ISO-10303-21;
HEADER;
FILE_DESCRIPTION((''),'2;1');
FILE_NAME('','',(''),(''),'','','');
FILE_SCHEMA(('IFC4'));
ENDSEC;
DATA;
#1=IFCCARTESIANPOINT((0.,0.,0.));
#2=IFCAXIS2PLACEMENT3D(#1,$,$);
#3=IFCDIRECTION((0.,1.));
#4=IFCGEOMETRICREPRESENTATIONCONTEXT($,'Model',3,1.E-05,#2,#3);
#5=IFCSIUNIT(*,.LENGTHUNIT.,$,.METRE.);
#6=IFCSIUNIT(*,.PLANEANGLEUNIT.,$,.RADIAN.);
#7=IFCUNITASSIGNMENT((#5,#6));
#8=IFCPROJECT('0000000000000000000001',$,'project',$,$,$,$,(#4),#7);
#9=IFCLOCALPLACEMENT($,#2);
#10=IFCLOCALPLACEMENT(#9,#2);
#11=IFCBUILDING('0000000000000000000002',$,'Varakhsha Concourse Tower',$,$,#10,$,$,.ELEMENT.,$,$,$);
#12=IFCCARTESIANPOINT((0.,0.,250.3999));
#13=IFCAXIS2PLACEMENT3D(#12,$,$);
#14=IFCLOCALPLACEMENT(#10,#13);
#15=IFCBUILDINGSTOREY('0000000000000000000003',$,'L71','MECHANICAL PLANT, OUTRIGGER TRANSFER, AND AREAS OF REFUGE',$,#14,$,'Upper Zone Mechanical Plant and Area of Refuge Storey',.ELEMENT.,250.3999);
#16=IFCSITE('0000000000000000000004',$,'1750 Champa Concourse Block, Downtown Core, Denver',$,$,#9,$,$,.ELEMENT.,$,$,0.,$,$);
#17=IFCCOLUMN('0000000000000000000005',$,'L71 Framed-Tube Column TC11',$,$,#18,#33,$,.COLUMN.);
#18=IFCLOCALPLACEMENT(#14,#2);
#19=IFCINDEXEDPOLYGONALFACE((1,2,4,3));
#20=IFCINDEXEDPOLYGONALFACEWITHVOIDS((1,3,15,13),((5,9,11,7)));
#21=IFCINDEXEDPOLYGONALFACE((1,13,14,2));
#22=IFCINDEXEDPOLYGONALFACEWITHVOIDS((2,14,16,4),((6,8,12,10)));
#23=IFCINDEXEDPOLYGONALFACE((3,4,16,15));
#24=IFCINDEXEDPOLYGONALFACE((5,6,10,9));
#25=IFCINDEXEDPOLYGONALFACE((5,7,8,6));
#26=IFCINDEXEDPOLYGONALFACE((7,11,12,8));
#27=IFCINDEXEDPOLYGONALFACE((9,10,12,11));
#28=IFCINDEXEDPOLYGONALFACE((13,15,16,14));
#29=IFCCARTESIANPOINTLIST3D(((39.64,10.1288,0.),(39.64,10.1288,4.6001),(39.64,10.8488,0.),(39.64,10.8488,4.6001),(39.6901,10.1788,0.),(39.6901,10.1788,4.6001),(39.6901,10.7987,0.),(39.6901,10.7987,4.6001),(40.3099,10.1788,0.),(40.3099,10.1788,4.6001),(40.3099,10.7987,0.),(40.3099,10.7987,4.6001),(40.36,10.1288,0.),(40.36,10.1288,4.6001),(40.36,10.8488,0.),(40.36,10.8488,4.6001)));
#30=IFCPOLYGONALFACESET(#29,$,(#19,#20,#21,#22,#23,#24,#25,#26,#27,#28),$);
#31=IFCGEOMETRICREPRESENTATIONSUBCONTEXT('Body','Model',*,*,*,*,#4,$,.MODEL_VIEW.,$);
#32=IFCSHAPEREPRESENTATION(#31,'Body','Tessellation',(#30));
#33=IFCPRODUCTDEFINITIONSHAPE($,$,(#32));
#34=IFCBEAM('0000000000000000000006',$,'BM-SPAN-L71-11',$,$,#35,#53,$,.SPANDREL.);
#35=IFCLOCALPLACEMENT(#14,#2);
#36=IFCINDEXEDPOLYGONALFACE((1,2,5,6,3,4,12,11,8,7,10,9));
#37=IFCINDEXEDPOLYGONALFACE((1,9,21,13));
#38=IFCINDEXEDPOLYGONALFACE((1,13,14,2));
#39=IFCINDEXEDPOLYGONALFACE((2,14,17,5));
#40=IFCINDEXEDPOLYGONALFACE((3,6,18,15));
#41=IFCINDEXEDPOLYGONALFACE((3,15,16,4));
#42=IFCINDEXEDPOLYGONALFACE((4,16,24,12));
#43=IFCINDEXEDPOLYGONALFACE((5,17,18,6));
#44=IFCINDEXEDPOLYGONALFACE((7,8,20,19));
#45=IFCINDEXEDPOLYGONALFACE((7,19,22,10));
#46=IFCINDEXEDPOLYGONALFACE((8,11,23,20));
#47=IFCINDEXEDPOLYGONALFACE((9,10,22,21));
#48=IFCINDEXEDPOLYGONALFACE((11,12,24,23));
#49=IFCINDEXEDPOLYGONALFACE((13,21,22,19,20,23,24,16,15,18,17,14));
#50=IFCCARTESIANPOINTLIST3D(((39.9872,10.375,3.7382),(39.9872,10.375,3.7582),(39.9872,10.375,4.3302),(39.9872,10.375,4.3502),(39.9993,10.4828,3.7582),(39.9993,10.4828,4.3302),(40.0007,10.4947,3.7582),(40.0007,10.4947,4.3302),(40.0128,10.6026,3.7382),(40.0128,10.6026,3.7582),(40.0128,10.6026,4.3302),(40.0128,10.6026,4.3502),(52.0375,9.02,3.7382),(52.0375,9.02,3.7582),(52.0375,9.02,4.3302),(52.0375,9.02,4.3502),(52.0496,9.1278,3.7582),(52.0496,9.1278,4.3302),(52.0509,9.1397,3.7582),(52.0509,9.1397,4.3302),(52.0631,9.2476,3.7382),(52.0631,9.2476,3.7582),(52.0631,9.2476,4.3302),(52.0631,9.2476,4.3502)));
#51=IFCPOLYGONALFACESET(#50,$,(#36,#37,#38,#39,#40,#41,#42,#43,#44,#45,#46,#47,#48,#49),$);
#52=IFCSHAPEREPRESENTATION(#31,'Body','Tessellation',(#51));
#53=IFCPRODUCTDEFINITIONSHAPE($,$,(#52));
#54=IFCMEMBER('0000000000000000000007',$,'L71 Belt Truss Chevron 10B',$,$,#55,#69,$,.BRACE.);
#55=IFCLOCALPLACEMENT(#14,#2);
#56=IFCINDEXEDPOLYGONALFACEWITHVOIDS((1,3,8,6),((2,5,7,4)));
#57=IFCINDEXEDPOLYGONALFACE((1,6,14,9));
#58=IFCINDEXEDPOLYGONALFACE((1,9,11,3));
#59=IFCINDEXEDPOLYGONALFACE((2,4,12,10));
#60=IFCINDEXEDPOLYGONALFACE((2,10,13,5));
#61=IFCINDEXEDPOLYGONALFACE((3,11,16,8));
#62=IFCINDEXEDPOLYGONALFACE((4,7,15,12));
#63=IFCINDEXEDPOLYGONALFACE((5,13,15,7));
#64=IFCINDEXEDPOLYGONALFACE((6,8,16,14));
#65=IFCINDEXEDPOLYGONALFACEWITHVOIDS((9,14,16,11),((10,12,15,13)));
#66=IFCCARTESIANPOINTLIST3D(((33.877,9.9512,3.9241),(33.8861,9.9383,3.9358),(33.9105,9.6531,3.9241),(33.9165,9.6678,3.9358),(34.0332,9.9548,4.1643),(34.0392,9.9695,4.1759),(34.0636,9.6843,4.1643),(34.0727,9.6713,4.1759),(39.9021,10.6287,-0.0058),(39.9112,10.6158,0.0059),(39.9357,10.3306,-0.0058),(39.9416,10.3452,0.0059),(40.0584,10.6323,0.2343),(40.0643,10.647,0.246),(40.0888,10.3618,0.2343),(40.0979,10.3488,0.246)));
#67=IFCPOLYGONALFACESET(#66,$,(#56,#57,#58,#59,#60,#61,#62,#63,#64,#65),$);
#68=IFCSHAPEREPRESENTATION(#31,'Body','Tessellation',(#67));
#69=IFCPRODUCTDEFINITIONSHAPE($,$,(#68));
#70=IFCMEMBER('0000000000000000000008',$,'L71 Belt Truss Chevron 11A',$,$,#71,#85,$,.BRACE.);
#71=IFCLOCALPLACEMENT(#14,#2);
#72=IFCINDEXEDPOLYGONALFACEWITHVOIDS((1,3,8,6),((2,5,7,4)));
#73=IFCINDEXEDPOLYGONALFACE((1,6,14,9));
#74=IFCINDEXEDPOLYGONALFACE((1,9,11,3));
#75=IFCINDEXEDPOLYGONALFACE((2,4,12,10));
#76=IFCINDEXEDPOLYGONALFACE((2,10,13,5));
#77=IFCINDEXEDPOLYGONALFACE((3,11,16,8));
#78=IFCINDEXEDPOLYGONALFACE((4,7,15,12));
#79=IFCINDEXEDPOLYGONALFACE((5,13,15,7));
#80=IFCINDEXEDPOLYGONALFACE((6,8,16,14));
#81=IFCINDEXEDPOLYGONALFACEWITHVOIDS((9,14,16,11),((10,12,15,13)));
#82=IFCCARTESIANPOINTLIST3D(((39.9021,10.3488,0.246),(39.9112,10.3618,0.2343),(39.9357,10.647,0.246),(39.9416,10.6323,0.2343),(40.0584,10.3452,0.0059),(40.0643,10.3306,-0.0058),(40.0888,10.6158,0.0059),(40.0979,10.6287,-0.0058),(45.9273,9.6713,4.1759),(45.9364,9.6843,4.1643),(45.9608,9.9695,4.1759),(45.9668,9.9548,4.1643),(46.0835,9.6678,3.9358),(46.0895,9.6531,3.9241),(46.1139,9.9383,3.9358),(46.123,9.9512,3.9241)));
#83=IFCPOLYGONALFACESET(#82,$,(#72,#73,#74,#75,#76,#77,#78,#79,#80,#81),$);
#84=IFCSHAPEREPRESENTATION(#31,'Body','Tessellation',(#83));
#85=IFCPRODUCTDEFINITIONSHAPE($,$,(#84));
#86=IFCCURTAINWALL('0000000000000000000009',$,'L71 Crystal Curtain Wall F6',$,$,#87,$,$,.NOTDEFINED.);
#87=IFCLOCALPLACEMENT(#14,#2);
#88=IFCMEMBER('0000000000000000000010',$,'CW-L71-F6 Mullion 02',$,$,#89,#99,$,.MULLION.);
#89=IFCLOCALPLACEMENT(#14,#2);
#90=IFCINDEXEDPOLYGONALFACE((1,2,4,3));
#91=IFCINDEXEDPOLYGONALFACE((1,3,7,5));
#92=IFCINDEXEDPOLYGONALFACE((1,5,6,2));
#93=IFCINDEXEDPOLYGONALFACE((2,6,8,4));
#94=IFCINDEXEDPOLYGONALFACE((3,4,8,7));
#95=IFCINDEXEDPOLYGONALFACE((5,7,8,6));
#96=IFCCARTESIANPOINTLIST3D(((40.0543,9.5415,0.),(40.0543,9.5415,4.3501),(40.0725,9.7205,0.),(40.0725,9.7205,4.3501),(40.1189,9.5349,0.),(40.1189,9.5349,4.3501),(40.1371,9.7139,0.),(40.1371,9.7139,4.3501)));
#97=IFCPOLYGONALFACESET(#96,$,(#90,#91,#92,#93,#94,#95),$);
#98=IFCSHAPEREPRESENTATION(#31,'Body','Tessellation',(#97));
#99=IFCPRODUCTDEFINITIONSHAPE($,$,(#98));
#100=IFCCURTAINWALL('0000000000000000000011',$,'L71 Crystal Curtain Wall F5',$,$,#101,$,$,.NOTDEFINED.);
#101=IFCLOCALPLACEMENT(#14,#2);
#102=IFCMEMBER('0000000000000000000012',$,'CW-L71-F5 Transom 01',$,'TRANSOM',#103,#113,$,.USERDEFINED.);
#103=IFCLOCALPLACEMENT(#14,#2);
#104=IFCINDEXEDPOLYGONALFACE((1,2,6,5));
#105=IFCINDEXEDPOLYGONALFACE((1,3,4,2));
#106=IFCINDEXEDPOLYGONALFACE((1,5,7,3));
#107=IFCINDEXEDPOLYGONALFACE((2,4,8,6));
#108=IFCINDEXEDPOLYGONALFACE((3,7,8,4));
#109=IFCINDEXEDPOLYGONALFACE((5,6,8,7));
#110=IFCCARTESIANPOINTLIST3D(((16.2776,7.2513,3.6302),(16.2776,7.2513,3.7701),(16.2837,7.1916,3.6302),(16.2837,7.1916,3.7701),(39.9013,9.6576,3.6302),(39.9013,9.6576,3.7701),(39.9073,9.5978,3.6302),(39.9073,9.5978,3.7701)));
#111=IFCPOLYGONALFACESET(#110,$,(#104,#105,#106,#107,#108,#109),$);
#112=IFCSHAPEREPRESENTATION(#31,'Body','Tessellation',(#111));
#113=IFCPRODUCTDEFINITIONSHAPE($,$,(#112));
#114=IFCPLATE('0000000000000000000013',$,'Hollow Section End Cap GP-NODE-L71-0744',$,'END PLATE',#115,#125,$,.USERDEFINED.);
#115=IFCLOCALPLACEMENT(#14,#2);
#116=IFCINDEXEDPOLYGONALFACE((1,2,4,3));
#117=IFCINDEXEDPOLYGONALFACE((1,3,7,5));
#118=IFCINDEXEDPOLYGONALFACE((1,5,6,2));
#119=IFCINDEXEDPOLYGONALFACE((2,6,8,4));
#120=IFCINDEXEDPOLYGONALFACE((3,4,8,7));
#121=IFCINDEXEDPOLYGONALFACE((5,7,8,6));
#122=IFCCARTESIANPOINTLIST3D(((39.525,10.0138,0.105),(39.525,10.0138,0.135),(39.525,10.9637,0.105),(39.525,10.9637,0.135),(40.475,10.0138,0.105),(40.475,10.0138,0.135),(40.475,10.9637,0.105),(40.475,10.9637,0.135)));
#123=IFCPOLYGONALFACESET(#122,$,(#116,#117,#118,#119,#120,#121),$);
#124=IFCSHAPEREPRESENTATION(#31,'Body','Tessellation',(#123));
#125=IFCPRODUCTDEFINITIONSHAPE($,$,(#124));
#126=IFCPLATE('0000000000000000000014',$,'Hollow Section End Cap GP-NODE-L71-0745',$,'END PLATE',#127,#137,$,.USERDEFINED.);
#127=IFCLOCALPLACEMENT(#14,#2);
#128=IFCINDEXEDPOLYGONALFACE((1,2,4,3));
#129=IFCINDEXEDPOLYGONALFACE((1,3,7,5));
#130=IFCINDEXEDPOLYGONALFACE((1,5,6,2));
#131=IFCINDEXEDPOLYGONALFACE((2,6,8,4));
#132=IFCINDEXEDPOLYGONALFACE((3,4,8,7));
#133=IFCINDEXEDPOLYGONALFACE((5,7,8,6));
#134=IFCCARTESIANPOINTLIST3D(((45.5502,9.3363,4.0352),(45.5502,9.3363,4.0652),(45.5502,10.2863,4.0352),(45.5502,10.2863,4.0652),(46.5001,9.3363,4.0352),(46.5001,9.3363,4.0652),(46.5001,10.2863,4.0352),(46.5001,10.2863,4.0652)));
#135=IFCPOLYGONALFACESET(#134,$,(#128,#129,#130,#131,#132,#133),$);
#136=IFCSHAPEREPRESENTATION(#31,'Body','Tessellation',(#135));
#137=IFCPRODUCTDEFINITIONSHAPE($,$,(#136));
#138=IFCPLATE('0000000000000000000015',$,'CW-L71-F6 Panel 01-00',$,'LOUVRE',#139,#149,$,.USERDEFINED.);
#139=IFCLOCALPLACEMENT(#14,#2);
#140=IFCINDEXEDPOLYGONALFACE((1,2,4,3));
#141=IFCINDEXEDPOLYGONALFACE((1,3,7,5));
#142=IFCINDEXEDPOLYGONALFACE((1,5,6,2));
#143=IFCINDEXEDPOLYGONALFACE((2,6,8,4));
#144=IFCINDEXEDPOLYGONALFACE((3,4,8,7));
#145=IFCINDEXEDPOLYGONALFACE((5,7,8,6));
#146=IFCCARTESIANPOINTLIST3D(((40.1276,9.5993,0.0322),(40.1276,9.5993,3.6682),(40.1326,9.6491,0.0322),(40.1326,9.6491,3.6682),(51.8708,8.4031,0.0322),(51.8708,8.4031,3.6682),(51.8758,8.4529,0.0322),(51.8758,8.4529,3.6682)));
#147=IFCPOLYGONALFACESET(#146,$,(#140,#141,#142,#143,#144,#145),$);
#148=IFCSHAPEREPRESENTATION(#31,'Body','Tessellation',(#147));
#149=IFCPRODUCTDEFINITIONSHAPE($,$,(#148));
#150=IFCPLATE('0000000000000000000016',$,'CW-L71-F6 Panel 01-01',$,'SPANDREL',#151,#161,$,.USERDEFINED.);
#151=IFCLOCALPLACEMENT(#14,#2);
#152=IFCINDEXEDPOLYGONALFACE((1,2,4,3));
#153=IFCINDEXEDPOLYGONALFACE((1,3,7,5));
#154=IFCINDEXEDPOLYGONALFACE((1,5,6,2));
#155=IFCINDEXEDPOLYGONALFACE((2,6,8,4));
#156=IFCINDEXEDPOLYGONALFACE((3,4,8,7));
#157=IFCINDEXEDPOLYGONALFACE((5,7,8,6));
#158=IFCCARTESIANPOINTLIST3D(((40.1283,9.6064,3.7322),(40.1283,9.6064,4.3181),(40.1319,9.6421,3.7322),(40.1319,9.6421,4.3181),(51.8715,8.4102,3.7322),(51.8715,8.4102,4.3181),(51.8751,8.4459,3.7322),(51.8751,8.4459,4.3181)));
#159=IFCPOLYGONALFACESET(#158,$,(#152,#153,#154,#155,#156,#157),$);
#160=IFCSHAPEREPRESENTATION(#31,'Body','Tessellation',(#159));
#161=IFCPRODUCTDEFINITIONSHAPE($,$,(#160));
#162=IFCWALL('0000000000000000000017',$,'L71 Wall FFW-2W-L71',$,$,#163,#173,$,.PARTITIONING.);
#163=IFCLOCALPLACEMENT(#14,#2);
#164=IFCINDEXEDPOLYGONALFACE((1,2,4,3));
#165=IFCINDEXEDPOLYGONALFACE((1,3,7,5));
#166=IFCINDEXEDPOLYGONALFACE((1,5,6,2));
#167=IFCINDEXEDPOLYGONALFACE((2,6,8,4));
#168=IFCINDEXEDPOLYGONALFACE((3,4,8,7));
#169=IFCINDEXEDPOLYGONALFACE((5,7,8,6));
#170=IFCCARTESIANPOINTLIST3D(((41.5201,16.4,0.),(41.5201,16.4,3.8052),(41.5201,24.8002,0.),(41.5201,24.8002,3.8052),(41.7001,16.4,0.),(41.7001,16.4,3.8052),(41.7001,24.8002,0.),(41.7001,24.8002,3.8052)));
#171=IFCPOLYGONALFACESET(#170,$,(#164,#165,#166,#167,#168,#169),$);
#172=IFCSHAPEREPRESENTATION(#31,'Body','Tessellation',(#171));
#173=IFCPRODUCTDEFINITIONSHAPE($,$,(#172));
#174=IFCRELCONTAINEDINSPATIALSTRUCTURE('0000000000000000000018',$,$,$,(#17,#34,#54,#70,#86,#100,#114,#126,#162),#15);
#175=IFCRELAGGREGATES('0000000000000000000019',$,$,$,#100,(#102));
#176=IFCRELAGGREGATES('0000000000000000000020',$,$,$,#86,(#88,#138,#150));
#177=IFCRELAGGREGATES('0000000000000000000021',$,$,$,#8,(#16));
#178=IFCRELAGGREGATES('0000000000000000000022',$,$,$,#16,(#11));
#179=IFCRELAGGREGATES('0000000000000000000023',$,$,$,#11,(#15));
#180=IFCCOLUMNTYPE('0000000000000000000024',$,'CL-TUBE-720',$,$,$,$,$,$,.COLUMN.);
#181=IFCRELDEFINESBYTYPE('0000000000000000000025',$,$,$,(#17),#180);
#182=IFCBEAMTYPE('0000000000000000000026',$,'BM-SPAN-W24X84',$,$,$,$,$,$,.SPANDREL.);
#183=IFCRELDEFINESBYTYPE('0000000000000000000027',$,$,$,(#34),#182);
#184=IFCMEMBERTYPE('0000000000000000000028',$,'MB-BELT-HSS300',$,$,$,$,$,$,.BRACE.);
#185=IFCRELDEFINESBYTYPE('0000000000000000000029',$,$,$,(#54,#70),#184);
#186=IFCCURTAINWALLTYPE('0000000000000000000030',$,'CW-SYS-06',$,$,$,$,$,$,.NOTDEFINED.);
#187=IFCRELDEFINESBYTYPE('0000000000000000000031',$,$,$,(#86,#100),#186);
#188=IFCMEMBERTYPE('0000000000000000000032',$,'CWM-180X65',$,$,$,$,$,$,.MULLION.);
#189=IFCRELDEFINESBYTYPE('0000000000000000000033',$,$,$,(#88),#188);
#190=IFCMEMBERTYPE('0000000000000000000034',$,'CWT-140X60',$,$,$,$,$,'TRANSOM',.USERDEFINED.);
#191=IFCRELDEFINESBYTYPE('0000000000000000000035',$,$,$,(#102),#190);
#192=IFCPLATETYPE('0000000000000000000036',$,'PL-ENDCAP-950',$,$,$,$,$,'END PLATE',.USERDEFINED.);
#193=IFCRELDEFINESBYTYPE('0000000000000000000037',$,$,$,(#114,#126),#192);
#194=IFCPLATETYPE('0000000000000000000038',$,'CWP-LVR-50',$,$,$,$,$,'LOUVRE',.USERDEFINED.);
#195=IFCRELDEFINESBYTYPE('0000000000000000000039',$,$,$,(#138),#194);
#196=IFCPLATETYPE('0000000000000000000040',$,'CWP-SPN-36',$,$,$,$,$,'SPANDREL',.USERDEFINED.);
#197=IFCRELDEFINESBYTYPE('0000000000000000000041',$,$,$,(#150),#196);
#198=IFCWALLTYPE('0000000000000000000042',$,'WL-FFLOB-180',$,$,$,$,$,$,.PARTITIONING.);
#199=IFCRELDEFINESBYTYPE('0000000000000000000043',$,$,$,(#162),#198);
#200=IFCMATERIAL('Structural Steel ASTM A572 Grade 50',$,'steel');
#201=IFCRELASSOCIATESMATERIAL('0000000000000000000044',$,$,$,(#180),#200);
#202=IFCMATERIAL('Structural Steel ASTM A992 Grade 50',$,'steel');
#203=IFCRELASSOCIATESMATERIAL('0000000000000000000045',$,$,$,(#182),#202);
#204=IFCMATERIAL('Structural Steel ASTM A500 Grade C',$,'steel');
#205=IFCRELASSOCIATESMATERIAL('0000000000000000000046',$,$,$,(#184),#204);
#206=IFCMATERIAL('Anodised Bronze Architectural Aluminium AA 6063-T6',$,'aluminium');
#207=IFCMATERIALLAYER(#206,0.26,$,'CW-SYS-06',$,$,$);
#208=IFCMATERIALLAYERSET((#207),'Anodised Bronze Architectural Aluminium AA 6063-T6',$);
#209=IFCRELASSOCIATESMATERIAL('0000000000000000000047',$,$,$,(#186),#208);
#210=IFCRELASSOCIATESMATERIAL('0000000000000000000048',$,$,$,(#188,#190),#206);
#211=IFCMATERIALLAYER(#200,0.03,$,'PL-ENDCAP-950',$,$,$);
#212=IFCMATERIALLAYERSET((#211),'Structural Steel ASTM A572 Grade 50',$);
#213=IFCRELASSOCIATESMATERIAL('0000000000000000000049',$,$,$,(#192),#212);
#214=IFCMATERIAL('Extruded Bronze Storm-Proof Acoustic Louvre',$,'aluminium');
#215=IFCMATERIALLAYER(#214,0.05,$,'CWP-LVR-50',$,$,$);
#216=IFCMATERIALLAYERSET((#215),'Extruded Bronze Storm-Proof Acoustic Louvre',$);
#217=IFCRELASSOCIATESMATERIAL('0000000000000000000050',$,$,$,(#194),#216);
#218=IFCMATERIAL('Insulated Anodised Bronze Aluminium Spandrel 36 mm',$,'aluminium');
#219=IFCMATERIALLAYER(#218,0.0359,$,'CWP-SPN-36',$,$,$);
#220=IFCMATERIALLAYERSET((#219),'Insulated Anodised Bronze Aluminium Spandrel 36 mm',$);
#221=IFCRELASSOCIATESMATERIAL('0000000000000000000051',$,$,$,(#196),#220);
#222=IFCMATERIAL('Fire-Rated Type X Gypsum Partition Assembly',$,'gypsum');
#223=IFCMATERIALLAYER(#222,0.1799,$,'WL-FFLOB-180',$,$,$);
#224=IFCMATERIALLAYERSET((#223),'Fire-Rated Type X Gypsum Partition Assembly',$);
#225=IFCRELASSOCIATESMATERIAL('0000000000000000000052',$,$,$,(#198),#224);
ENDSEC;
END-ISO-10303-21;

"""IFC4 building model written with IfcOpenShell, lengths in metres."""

from ifc_helpers import new_model, si_unit, direction, frame, frame_2d, origin, origin_2d, place, context, subcontext, project, spatial, rectangle, hollow_rectangle, i_section, extrude, source, transform, mapped, material, layer, layer_set, material_profile, profile_set, type_object, type_shapes, element, aggregate, save


model = new_model("IFC4")

# Units and contexts
model_context = context("Model", 3, precision=1e-05, world=origin(), true_north=direction((0.0, 1.0)))
body_context = subcontext(model_context, "Body", "Model", "MODEL_VIEW")
ifc_project = project(units=[si_unit("LENGTHUNIT", "METRE"), si_unit("PLANEANGLEUNIT", "RADIAN")], contexts=[model_context])

# Site, building, storey
site_placement = place(None, origin())
site = spatial("IfcSite", under=ifc_project, at=site_placement, Name="1750 Champa Concourse Block, Downtown Core, Denver", CompositionType="ELEMENT", RefElevation=0.0)
building_placement = place(site_placement, origin())
building = spatial("IfcBuilding", under=site, at=building_placement, Name="Varakhsha Concourse Tower", CompositionType="ELEMENT")
storey_placement = place(building_placement, frame((0.0, 0.0, 250.3999)))
storey = spatial("IfcBuildingStorey", under=building, at=storey_placement, Name="L71", Description="MECHANICAL PLANT, OUTRIGGER TRANSFER, AND AREAS OF REFUGE", LongName="Upper Zone Mechanical Plant and Area of Refuge Storey", CompositionType="ELEMENT", Elevation=250.3999)

# Column
ifc_material_1 = material(Name="Structural Steel ASTM A572 Grade 50", Category="steel")
ifc_material_profile_1 = material_profile(ifc_material_1, hollow_rectangle(XDim=0.72, YDim=0.72, WallThickness=0.05, at=origin_2d()), Name="BOX 720x720x50")
ifc_profile_set_1 = profile_set([ifc_material_profile_1], Name="Structural Steel ASTM A572 Grade 50")
column_type = type_object("IfcColumnType", Name="CL-TUBE-720", PredefinedType="COLUMN", material=ifc_profile_set_1)
column_placement = place(storey_placement, frame((40.0, 10.4888, 0.0), z_axis=(0.0, 0.0, 1.0), x_axis=(1.0, 0.0, 0.0)))
element("IfcColumn", 1, at=column_placement, inside=storey, type_object=column_type, Name="L71 Framed-Tube Column TC11", PredefinedType="COLUMN", context=body_context, shape_type="SweptSolid", body=[
    extrude(hollow_rectangle(XDim=0.72, YDim=0.72, WallThickness=0.05, at=origin_2d()), origin(), (0.0, 0.0, 1.0), 4.6001),
])

# Beam
ifc_material_2 = material(Name="Structural Steel ASTM A992 Grade 50", Category="steel")
ifc_material_profile_2 = material_profile(ifc_material_2, i_section(OverallWidth=0.229, OverallDepth=0.6121, WebThickness=0.012, FlangeThickness=0.02, at=origin_2d()), Name="W24X84")
ifc_profile_set_2 = profile_set([ifc_material_profile_2], Name="Structural Steel ASTM A992 Grade 50")
beam_type = type_object("IfcBeamType", Name="BM-SPAN-W24X84", PredefinedType="SPANDREL", material=ifc_profile_set_2)
beam_placement = place(storey_placement, frame((40.0, 10.4888, 4.0442), z_axis=(0.993738, -0.11174, 0.0), x_axis=(0.11174, 0.993738, 0.0)))
element("IfcBeam", 2, at=beam_placement, inside=storey, type_object=beam_type, Name="BM-SPAN-L71-11", PredefinedType="SPANDREL", context=body_context, shape_type="SweptSolid", body=[
    extrude(i_section(OverallWidth=0.229, OverallDepth=0.6121, WebThickness=0.012, FlangeThickness=0.02, at=origin_2d()), origin(), (0.0, 0.0, 1.0), 12.1262),
])

# Members
ifc_material_3 = material(Name="Structural Steel ASTM A500 Grade C", Category="steel")
ifc_material_profile_3 = material_profile(ifc_material_3, hollow_rectangle(XDim=0.3, YDim=0.3, WallThickness=0.0139, at=origin_2d()), Name="HSS 300x300x14")
ifc_profile_set_3 = profile_set([ifc_material_profile_3], Name="Structural Steel ASTM A500 Grade C")
member_type_1 = type_object("IfcMemberType", Name="MB-BELT-HSS300", PredefinedType="BRACE", material=ifc_profile_set_3)
shared_shape_1 = source(origin(), body_context, "Body", "SweptSolid", [
    extrude(hollow_rectangle(XDim=0.3, YDim=0.3, WallThickness=0.0139, at=origin_2d()), origin(), (0.0, 0.0, 1.0), 7.2253),
])
type_shapes(member_type_1, [shared_shape_1])
for number, where, z_axis, x_axis, name in (
    (3, (40.0, 10.4888, 0.1201), (-0.833889, -0.093766, 0.543908), (0.11174, -0.993738, 0.0), "L71 Belt Truss Chevron 10B"),
    (4, (40.0, 10.4888, 0.1201), (0.833889, -0.093766, 0.543908), (0.11174, 0.993738, 0.0), "L71 Belt Truss Chevron 11A"),
):
    element("IfcMember", number, at=place(storey_placement, frame(where, z_axis=z_axis, x_axis=x_axis)), inside=storey, type_object=member_type_1, Name=name, PredefinedType="BRACE", context=body_context, shape_type="MappedRepresentation", body=[
        mapped(shared_shape_1, transform((0.0, 0.0, 0.0), scale=1.0)),
    ])

# Curtain walls, members
ifc_material_4 = material(Name="Anodised Bronze Architectural Aluminium AA 6063-T6", Category="aluminium")
ifc_layer_1 = layer(ifc_material_4, 0.26, Name="CW-SYS-06")
ifc_layer_set_1 = layer_set([ifc_layer_1], Name="Anodised Bronze Architectural Aluminium AA 6063-T6")
curtain_wall_type = type_object("IfcCurtainWallType", Name="CW-SYS-06", PredefinedType="NOTDEFINED", material=ifc_layer_set_1)
curtain_wall_1_placement = place(storey_placement, origin())
curtain_wall_1 = element("IfcCurtainWall", 5, at=curtain_wall_1_placement, inside=storey, type_object=curtain_wall_type, Name="L71 Crystal Curtain Wall F6", PredefinedType="NOTDEFINED")
ifc_material_profile_4 = material_profile(ifc_material_4, rectangle(XDim=0.0649, YDim=0.1799, at=origin_2d()), Name="CWM-180X65")
ifc_profile_set_4 = profile_set([ifc_material_profile_4], Name="Anodised Bronze Architectural Aluminium AA 6063-T6")
member_type_2 = type_object("IfcMemberType", Name="CWM-180X65", PredefinedType="MULLION", material=ifc_profile_set_4)
shared_shape_2 = source(origin(), body_context, "Body", "SweptSolid", [
    extrude(rectangle(XDim=0.0649, YDim=0.1799, at=origin_2d()), origin(), (0.0, 0.0, 1.0), 4.3501),
])
type_shapes(member_type_2, [shared_shape_2])
member_1_placement = place(storey_placement, frame((40.0957, 9.6277, 0.0), z_axis=(0.0, 0.0, 1.0), x_axis=(-0.994852, 0.101336, 0.0)))
member_1 = element("IfcMember", 6, at=member_1_placement, type_object=member_type_2, Name="CW-L71-F6 Mullion 02", PredefinedType="MULLION", context=body_context, shape_type="MappedRepresentation", body=[
    mapped(shared_shape_2, transform((0.0, 0.0, 0.0), scale=1.0)),
])
curtain_wall_2_placement = place(storey_placement, origin())
curtain_wall_2 = element("IfcCurtainWall", 7, at=curtain_wall_2_placement, inside=storey, type_object=curtain_wall_type, Name="L71 Crystal Curtain Wall F5", PredefinedType="NOTDEFINED")
ifc_material_profile_5 = material_profile(ifc_material_4, rectangle(XDim=0.0601, YDim=0.1399, at=origin_2d()), Name="CWT-140X60")
ifc_profile_set_5 = profile_set([ifc_material_profile_5], Name="Anodised Bronze Architectural Aluminium AA 6063-T6")
member_type_3 = type_object("IfcMemberType", Name="CWT-140X60", ElementType="TRANSOM", PredefinedType="USERDEFINED", material=ifc_profile_set_5)
shared_shape_3 = source(origin(), body_context, "Body", "SweptSolid", [
    extrude(rectangle(XDim=0.0601, YDim=0.1399, at=origin_2d()), origin(), (0.0, 0.0, 1.0), 23.7458),
])
type_shapes(member_type_3, [shared_shape_3])
member_2_placement = place(storey_placement, frame((39.9043, 9.6277, 3.7002), z_axis=(-0.994852, -0.101334, 0.0), x_axis=(0.101334, -0.994852, 0.0)))
member_2 = element("IfcMember", 8, at=member_2_placement, type_object=member_type_3, Name="CW-L71-F5 Transom 01", ObjectType="TRANSOM", PredefinedType="USERDEFINED", context=body_context, shape_type="MappedRepresentation", body=[
    mapped(shared_shape_3, transform((0.0, 0.0, 0.0), scale=1.0)),
])
aggregate(curtain_wall_2, [member_2])

# Plates
ifc_layer_2 = layer(ifc_material_1, 0.03, Name="PL-ENDCAP-950")
ifc_layer_set_2 = layer_set([ifc_layer_2], Name="Structural Steel ASTM A572 Grade 50")
plate_type_1 = type_object("IfcPlateType", Name="PL-ENDCAP-950", ElementType="END PLATE", PredefinedType="USERDEFINED", material=ifc_layer_set_2)
shared_shape_4 = source(origin(), body_context, "Body", "SweptSolid", [
    extrude(rectangle(XDim=0.95, YDim=0.95, at=origin_2d()), origin(), (0.0, 0.0, 1.0), 0.03),
])
type_shapes(plate_type_1, [shared_shape_4])
for number, where, z_axis, x_axis, name in (
    (9, (40.0, 10.4888, 0.105), (0.0, 0.0, 1.0), (1.0, 0.0, 0.0), "Hollow Section End Cap GP-NODE-L71-0744"),
    (10, (46.0251, 9.8113, 4.0352), (0.0, 0.0, 1.0), (1.0, 0.0, 0.0), "Hollow Section End Cap GP-NODE-L71-0745"),
):
    element("IfcPlate", number, at=place(storey_placement, frame(where, z_axis=z_axis, x_axis=x_axis)), inside=storey, type_object=plate_type_1, Name=name, ObjectType="END PLATE", PredefinedType="USERDEFINED", context=body_context, shape_type="MappedRepresentation", body=[
        mapped(shared_shape_4, transform((0.0, 0.0, 0.0), scale=1.0)),
    ])

# Plates
ifc_material_5 = material(Name="Extruded Bronze Storm-Proof Acoustic Louvre", Category="aluminium")
ifc_layer_3 = layer(ifc_material_5, 0.05, Name="CWP-LVR-50")
ifc_layer_set_3 = layer_set([ifc_layer_3], Name="Extruded Bronze Storm-Proof Acoustic Louvre")
plate_type_2 = type_object("IfcPlateType", Name="CWP-LVR-50", ElementType="LOUVRE", PredefinedType="USERDEFINED", material=ifc_layer_set_3)
shared_shape_5 = source(origin(), body_context, "Body", "SweptSolid", [
    extrude(rectangle(XDim=11.804, YDim=0.05, at=origin_2d()), origin(), (0.0, 0.0, 1.0), 3.636),
])
type_shapes(plate_type_2, [shared_shape_5])
plate_1_placement = place(storey_placement, frame((46.0017, 9.0261, 0.0322), z_axis=(0.0, 0.0, 1.0), x_axis=(-0.994852, 0.101336, 0.0)))
plate_1 = element("IfcPlate", 11, at=plate_1_placement, type_object=plate_type_2, Name="CW-L71-F6 Panel 01-00", ObjectType="LOUVRE", PredefinedType="USERDEFINED", context=body_context, shape_type="MappedRepresentation", body=[
    mapped(shared_shape_5, transform((0.0, 0.0, 0.0), scale=1.0)),
])
ifc_material_6 = material(Name="Insulated Anodised Bronze Aluminium Spandrel 36 mm", Category="aluminium")
ifc_layer_4 = layer(ifc_material_6, 0.0359, Name="CWP-SPN-36")
ifc_layer_set_4 = layer_set([ifc_layer_4], Name="Insulated Anodised Bronze Aluminium Spandrel 36 mm")
plate_type_3 = type_object("IfcPlateType", Name="CWP-SPN-36", ElementType="SPANDREL", PredefinedType="USERDEFINED", material=ifc_layer_set_4)
shared_shape_6 = source(origin(), body_context, "Body", "SweptSolid", [
    extrude(rectangle(XDim=11.804, YDim=0.0359, at=origin_2d()), origin(), (0.0, 0.0, 1.0), 0.5859),
])
type_shapes(plate_type_3, [shared_shape_6])
plate_2_placement = place(storey_placement, frame((46.0017, 9.0261, 3.7322), z_axis=(0.0, 0.0, 1.0), x_axis=(-0.994852, 0.101336, 0.0)))
plate_2 = element("IfcPlate", 12, at=plate_2_placement, type_object=plate_type_3, Name="CW-L71-F6 Panel 01-01", ObjectType="SPANDREL", PredefinedType="USERDEFINED", context=body_context, shape_type="MappedRepresentation", body=[
    mapped(shared_shape_6, transform((0.0, 0.0, 0.0), scale=1.0)),
])
aggregate(curtain_wall_1, [member_1, plate_1, plate_2])

# Wall
ifc_material_7 = material(Name="Fire-Rated Type X Gypsum Partition Assembly", Category="gypsum")
ifc_layer_5 = layer(ifc_material_7, 0.1799, Name="WL-FFLOB-180")
ifc_layer_set_5 = layer_set([ifc_layer_5], Name="Fire-Rated Type X Gypsum Partition Assembly")
wall_type_1 = type_object("IfcWallType", Name="WL-FFLOB-180", PredefinedType="PARTITIONING", material=ifc_layer_set_5)
wall_1_placement = place(storey_placement, frame((41.6101, 16.3999, 0.0), z_axis=(0.0, 0.0, 1.0), x_axis=(0.0, 1.0, 0.0)))
element("IfcWall", 13, at=wall_1_placement, inside=storey, type_object=wall_type_1, Name="L71 Wall FFW-2W-L71", PredefinedType="PARTITIONING", context=body_context, shape_type="SweptSolid", body=[
    extrude(rectangle(XDim=8.4001, YDim=0.1799, at=frame_2d((4.2002, 0.0))), origin(), (0.0, 0.0, 1.0), 3.8052),
])

save(model, "model.ifc")
